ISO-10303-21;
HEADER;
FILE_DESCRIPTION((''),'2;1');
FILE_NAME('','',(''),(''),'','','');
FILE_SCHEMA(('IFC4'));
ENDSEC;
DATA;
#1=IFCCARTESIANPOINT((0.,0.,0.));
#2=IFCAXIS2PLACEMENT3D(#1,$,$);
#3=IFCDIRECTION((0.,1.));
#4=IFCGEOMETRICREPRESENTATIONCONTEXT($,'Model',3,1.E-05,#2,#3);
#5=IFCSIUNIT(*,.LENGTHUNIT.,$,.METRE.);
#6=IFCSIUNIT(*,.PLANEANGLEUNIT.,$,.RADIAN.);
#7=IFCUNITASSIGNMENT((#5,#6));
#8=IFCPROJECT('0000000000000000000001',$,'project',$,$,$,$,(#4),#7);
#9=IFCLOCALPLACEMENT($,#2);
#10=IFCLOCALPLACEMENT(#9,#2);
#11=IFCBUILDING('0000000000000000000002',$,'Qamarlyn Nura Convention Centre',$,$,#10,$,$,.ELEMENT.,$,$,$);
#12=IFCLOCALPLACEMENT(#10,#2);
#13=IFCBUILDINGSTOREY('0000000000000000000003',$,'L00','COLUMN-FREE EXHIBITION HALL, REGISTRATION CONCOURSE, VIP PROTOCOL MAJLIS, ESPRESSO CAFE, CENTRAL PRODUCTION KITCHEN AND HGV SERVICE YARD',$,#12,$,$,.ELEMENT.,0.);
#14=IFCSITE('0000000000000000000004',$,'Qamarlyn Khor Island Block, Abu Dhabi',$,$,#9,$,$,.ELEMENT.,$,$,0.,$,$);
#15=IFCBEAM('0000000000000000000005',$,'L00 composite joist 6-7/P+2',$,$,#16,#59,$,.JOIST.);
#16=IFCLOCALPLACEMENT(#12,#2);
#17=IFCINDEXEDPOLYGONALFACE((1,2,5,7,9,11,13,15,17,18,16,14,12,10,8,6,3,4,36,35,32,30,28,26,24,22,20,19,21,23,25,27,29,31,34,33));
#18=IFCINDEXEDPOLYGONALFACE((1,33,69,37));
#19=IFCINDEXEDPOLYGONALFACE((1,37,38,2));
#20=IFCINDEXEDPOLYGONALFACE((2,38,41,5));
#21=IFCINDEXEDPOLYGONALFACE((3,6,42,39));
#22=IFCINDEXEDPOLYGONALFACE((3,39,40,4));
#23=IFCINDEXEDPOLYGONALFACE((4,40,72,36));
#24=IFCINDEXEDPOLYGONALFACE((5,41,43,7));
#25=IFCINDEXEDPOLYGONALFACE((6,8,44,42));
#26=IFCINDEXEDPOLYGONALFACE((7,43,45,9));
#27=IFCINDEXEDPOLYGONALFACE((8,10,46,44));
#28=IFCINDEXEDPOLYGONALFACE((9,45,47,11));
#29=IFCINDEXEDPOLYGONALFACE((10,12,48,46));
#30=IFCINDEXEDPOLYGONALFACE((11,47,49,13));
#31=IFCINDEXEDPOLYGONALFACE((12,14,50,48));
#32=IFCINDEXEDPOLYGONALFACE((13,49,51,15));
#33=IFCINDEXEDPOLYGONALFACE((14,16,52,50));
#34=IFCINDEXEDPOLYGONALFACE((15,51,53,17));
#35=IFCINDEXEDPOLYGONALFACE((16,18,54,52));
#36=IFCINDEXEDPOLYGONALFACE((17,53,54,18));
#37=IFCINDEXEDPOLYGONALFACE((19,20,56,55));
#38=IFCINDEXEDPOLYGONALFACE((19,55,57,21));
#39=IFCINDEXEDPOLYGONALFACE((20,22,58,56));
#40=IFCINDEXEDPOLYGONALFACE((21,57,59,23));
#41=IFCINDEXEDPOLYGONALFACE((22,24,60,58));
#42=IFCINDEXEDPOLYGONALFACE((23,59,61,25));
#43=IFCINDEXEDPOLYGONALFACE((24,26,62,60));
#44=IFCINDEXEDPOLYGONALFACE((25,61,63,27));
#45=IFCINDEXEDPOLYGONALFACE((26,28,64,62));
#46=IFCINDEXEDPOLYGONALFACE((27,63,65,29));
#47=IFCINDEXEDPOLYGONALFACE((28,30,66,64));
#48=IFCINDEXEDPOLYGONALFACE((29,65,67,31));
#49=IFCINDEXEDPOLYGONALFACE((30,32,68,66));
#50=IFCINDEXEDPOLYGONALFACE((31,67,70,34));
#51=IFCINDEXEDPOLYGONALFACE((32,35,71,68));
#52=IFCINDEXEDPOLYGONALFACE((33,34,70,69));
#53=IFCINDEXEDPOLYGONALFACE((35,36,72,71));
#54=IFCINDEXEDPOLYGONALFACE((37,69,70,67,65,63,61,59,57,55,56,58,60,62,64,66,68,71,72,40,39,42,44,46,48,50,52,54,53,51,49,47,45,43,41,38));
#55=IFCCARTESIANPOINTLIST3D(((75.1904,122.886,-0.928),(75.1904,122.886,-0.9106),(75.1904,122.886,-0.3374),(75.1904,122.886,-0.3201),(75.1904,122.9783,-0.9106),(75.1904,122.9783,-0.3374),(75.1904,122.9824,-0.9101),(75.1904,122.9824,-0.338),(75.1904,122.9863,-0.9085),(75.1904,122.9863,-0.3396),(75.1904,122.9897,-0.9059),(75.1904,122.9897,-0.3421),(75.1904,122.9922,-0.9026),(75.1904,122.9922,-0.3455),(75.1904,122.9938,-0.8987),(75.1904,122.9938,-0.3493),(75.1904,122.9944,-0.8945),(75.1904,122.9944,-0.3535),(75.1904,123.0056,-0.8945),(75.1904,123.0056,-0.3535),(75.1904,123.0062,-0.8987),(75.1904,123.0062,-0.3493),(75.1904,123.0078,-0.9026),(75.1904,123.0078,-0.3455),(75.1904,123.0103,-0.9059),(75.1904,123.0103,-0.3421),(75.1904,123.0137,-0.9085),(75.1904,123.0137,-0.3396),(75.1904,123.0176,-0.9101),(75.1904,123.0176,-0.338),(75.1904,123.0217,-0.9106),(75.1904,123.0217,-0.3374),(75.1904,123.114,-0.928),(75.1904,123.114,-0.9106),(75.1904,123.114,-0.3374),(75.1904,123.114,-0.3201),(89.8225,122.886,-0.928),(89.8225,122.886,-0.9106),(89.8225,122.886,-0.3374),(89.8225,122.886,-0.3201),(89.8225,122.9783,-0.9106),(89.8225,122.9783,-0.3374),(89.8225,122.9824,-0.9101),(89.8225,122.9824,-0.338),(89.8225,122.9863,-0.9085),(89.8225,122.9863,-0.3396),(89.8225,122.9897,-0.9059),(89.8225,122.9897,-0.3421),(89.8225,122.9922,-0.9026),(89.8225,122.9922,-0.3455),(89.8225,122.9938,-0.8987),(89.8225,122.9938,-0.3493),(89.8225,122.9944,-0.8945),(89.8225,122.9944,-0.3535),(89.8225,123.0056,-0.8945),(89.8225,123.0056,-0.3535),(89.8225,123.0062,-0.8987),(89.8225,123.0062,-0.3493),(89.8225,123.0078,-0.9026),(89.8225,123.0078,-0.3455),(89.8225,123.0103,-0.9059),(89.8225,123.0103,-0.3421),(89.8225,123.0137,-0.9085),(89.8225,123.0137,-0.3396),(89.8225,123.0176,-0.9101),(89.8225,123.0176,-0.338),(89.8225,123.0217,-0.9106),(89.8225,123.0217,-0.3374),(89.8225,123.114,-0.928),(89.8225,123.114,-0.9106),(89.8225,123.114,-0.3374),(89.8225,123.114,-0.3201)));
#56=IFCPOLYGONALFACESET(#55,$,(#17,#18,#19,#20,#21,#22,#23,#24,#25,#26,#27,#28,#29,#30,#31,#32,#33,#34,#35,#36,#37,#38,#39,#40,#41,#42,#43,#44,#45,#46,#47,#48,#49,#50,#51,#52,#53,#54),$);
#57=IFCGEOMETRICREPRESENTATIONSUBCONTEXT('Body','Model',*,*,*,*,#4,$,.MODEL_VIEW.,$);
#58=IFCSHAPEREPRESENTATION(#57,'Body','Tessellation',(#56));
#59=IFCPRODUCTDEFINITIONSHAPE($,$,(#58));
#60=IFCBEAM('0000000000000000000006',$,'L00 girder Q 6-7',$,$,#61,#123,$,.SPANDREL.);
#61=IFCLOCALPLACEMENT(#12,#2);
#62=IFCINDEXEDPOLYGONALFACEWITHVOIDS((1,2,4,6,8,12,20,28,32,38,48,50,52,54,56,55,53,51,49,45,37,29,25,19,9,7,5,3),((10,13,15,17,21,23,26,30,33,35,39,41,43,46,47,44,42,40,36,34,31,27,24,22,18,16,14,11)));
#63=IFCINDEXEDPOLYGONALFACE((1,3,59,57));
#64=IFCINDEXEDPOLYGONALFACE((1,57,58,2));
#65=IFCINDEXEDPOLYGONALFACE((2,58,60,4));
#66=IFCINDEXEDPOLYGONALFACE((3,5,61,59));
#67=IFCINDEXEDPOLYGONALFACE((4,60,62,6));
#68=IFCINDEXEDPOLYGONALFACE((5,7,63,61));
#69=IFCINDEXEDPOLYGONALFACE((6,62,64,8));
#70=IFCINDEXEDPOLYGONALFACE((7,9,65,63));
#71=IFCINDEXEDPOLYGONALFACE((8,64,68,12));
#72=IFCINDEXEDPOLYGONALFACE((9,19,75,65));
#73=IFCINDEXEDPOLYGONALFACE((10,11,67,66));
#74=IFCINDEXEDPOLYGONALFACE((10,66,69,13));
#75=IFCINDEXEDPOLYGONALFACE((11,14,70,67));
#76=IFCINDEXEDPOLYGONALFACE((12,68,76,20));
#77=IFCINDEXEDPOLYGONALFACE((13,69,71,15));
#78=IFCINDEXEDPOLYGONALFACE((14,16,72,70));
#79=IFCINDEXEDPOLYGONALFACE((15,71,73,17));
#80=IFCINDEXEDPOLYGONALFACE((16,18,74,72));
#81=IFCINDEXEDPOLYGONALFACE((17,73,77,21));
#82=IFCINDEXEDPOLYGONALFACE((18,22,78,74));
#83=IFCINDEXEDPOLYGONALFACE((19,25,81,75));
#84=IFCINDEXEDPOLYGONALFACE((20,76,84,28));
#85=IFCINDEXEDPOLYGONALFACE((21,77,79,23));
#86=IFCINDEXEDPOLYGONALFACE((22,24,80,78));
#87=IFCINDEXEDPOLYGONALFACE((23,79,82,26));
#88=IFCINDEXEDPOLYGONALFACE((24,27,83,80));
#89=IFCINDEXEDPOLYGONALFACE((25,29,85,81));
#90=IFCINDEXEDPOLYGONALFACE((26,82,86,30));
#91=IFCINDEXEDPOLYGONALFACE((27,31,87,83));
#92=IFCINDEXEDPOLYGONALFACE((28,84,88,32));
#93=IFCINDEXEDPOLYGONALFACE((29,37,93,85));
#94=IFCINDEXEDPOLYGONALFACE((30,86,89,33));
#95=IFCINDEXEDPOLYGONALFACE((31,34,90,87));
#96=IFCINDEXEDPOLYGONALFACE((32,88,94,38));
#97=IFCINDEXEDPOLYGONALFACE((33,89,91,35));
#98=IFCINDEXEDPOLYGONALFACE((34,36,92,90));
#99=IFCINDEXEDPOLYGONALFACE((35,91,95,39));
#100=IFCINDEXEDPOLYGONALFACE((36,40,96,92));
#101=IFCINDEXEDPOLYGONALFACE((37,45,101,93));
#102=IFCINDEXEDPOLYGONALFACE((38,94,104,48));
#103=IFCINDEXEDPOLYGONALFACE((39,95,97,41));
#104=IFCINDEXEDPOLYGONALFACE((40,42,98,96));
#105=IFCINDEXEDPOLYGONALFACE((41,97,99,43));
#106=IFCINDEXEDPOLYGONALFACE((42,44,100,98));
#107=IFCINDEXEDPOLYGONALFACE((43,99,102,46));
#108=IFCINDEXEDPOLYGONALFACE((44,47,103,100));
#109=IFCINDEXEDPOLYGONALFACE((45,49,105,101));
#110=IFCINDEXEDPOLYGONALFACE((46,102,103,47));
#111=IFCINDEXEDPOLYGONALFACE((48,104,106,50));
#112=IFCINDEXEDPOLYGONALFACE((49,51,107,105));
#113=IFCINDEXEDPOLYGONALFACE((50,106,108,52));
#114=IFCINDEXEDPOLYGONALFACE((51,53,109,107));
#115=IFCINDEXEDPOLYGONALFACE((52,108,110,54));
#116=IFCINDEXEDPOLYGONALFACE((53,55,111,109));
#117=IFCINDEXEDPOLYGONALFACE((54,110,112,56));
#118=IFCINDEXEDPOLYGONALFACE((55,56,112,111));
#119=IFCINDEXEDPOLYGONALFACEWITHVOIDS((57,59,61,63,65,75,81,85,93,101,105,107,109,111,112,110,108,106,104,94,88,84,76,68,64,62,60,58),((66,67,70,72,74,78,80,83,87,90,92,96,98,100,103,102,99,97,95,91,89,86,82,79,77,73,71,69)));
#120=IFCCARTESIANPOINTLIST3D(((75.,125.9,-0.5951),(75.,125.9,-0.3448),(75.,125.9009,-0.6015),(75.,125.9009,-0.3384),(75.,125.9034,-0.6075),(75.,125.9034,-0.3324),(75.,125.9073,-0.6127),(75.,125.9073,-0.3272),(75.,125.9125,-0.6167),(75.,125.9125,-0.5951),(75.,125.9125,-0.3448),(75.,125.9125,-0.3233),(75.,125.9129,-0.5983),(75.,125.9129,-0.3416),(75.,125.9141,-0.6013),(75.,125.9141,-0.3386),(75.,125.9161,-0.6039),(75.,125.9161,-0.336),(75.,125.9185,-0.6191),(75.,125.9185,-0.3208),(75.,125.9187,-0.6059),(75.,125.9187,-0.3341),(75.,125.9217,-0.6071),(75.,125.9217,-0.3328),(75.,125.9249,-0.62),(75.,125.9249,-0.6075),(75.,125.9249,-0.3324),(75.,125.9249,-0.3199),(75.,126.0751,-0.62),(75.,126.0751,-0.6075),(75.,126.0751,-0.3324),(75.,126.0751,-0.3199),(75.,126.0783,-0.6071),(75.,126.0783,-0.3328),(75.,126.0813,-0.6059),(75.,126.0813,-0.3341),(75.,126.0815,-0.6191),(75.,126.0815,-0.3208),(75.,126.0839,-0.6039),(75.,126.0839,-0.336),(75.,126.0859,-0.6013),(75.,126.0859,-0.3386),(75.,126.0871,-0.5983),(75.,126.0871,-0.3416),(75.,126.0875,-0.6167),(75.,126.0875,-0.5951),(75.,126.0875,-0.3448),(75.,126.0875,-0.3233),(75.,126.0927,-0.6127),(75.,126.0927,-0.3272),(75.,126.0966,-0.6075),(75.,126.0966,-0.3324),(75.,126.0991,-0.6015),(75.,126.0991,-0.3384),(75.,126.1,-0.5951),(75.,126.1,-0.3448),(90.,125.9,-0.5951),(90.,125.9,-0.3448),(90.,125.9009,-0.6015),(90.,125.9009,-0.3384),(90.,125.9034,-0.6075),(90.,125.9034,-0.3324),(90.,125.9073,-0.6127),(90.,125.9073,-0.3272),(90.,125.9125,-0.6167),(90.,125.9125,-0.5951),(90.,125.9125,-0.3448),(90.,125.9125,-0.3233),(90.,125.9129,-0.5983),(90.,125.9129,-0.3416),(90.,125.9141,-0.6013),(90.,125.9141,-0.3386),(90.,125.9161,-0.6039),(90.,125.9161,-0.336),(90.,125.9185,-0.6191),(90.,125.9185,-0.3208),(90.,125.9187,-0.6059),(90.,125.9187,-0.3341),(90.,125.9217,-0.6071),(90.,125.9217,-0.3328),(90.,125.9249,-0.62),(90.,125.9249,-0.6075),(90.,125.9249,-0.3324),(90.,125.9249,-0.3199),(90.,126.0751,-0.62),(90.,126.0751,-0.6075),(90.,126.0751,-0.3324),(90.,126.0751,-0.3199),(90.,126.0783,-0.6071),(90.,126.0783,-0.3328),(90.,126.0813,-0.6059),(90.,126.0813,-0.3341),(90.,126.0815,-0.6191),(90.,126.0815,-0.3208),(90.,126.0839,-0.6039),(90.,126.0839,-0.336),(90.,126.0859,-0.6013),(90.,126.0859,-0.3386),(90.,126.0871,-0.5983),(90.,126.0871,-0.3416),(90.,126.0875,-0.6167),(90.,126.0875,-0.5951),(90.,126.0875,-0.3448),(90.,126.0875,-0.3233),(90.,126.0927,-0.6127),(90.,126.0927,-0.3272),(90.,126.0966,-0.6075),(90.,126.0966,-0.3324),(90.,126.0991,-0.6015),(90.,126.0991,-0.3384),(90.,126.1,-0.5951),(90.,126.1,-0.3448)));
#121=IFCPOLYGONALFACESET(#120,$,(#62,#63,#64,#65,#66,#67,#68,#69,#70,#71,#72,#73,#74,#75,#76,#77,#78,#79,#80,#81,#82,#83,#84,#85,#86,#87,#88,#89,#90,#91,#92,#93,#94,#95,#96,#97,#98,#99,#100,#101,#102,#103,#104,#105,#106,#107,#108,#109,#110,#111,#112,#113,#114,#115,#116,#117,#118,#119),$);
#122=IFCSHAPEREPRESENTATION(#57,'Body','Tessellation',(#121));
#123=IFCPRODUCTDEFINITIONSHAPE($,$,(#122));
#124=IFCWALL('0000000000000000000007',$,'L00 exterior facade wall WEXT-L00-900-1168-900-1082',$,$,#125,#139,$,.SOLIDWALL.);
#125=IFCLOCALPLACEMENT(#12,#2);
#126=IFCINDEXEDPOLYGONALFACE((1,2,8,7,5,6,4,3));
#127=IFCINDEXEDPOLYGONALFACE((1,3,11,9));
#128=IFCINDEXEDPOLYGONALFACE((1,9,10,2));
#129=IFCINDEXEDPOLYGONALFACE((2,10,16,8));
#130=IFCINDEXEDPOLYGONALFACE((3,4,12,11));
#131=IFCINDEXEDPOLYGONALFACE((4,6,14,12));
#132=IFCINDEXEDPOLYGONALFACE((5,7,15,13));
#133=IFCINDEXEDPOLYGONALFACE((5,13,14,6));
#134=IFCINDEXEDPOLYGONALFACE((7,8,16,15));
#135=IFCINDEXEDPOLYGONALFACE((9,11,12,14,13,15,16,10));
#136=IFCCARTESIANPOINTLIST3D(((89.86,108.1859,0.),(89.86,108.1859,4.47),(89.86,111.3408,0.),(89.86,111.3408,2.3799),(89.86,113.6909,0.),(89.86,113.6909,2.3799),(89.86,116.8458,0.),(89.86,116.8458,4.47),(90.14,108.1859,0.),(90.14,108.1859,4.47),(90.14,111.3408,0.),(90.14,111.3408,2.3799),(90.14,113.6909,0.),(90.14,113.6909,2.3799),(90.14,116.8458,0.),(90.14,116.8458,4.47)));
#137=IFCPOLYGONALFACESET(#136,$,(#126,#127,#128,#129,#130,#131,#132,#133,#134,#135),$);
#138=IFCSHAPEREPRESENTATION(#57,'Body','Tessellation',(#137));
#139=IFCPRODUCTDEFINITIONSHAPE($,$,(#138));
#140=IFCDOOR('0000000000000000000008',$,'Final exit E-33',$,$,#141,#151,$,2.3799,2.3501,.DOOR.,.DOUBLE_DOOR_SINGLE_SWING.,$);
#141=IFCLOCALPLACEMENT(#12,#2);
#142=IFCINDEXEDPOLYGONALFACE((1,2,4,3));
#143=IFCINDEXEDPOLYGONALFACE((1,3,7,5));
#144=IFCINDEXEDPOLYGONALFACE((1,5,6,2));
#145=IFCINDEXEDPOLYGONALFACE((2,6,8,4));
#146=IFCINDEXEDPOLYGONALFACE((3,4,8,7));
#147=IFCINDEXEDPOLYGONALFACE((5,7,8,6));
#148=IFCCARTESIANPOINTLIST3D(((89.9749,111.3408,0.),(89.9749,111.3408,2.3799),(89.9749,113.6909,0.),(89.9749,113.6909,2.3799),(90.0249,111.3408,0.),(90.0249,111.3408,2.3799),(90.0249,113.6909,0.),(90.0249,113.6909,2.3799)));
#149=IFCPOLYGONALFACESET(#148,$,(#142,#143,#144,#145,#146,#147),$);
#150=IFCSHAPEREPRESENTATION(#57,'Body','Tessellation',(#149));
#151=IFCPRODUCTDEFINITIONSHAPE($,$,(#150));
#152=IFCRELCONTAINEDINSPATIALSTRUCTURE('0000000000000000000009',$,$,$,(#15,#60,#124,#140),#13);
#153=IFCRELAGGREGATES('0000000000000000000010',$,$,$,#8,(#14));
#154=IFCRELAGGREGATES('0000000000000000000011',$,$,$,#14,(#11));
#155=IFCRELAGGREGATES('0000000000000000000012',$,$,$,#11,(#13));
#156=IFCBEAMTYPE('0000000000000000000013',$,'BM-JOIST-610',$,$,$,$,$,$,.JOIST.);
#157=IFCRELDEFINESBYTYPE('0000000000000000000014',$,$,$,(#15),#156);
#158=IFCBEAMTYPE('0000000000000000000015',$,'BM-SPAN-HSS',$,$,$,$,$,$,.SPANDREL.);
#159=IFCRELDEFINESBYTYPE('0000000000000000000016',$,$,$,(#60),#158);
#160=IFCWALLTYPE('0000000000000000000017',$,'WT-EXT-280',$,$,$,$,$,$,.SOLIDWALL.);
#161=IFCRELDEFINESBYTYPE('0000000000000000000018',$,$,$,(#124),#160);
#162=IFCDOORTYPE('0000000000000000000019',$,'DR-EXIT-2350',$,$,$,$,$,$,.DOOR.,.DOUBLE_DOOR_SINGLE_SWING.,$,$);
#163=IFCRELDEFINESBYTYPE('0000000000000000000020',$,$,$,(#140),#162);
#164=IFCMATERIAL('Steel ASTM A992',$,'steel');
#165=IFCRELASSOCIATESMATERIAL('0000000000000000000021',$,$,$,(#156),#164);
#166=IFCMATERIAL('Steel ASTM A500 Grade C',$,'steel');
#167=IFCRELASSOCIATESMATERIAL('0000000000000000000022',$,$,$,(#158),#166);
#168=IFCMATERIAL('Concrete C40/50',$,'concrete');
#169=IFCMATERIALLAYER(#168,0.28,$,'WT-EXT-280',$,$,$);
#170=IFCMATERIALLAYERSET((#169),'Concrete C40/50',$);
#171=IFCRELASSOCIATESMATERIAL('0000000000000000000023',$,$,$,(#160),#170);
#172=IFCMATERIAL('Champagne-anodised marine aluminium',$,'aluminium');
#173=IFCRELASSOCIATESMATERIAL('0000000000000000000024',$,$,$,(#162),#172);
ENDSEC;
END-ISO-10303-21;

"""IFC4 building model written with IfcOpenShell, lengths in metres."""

from ifc_helpers import new_model, si_unit, direction, frame, frame_2d, origin, origin_2d, place, context, subcontext, project, spatial, rectangle, hollow_rectangle, i_section, extrude, material, layer, layer_set, material_profile, profile_set, type_object, element, fill, save


model = new_model("IFC4")

# Units and contexts
model_context = context("Model", 3, precision=1e-05, world=origin(), true_north=direction((0.0, 1.0)))
body_context = subcontext(model_context, "Body", "Model", "MODEL_VIEW")
ifc_project = project(units=[si_unit("LENGTHUNIT", "METRE"), si_unit("PLANEANGLEUNIT", "RADIAN")], contexts=[model_context])

# Site, building, storey
site_placement = place(None, origin())
site = spatial("IfcSite", under=ifc_project, at=site_placement, Name="Qamarlyn Khor Island Block, Abu Dhabi", CompositionType="ELEMENT", RefElevation=0.0)
building_placement = place(site_placement, origin())
building = spatial("IfcBuilding", under=site, at=building_placement, Name="Qamarlyn Nura Convention Centre", CompositionType="ELEMENT")
storey_placement = place(building_placement, origin())
storey = spatial("IfcBuildingStorey", under=building, at=storey_placement, Name="L00", Description="COLUMN-FREE EXHIBITION HALL, REGISTRATION CONCOURSE, VIP PROTOCOL MAJLIS, ESPRESSO CAFE, CENTRAL PRODUCTION KITCHEN AND HGV SERVICE YARD", CompositionType="ELEMENT", Elevation=0.0)

# Shared definitions
ifc_material_1 = material(Name="Steel ASTM A992", Category="steel")

# Beams
ifc_material_profile_1 = material_profile(ifc_material_1, i_section(OverallWidth=0.228, OverallDepth=0.6079, WebThickness=0.0112, FlangeThickness=0.0173, FilletRadius=0.0161, at=origin_2d()), Name="W610X113")
ifc_profile_set_1 = profile_set([ifc_material_profile_1], Name="Steel ASTM A992")
beam_type_1 = type_object("IfcBeamType", Name="BM-JOIST-610", PredefinedType="JOIST", material=ifc_profile_set_1)
for number, where, z_axis, x_axis, name in (
    (1, (75.1904, 123.0, -0.624), (1.0, 0.0, 0.0), (0.0, 1.0, 0.0), "L00 composite joist 6-7/P+2"),
):
    element("IfcBeam", number, at=place(storey_placement, frame(where, z_axis=z_axis, x_axis=x_axis)), inside=storey, type_object=beam_type_1, Name=name, PredefinedType="JOIST", context=body_context, shape_type="SweptSolid", body=[
        extrude(i_section(OverallWidth=0.228, OverallDepth=0.6079, WebThickness=0.0112, FlangeThickness=0.0173, FilletRadius=0.0161, at=origin_2d()), origin(), (0.0, 0.0, 1.0), 14.6321),
    ])
ifc_material_2 = material(Name="Steel ASTM A500 Grade C", Category="steel")
ifc_material_profile_2 = material_profile(ifc_material_2, hollow_rectangle(XDim=0.2, YDim=0.3, WallThickness=0.0125, InnerFilletRadius=0.0125, OuterFilletRadius=0.0249, at=origin_2d()), Name="HSS300X200X12.5")
ifc_profile_set_2 = profile_set([ifc_material_profile_2], Name="Steel ASTM A500 Grade C")
beam_type_2 = type_object("IfcBeamType", Name="BM-SPAN-HSS", PredefinedType="SPANDREL", material=ifc_profile_set_2)
beam_1_placement = place(storey_placement, frame((75.0, 126.0, -0.47), z_axis=(1.0, 0.0, 0.0), x_axis=(0.0, 1.0, 0.0)))
element("IfcBeam", 2, at=beam_1_placement, inside=storey, type_object=beam_type_2, Name="L00 girder Q 6-7", PredefinedType="SPANDREL", context=body_context, shape_type="SweptSolid", body=[
    extrude(hollow_rectangle(XDim=0.2, YDim=0.3, WallThickness=0.0125, InnerFilletRadius=0.0125, OuterFilletRadius=0.0249, at=origin_2d()), origin(), (0.0, 0.0, 1.0), 15.0),
])

# Wall, opening, door
ifc_material_3 = material(Name="Concrete C40/50", Category="concrete")
ifc_layer_1 = layer(ifc_material_3, 0.28, Name="WT-EXT-280")
ifc_layer_set_1 = layer_set([ifc_layer_1], Name="Concrete C40/50")
wall_type_1 = type_object("IfcWallType", Name="WT-EXT-280", PredefinedType="SOLIDWALL", material=ifc_layer_set_1)
wall_1_placement = place(storey_placement, frame((90.0, 116.8459, 0.0), z_axis=(0.0, 0.0, 1.0), x_axis=(0.0, -1.0, 0.0)))
wall_1 = element("IfcWall", 3, at=wall_1_placement, inside=storey, type_object=wall_type_1, Name="L00 exterior facade wall WEXT-L00-900-1168-900-1082", PredefinedType="SOLIDWALL", context=body_context, shape_type="SweptSolid", body=[
    extrude(rectangle(XDim=8.6599, YDim=0.28, at=frame_2d((4.3301, 0.0))), origin(), (0.0, 0.0, 1.0), 4.47),
])
opening_1_placement = place(wall_1_placement, frame((3.155, 0.0, 0.0)))
opening_1 = element("IfcOpeningElement", 4, at=opening_1_placement, cuts=wall_1, PredefinedType="OPENING", context=body_context, shape_type="SweptSolid", body=[
    extrude(rectangle(XDim=2.3501, YDim=2.3799, at=frame_2d((1.175, 1.1899))), frame((0.0, 0.1499, 0.0), z_axis=(0.0, -1.0, 0.0), x_axis=(1.0, 0.0, 0.0)), (0.0, 0.0, 1.0), 0.3),
])
ifc_material_4 = material(Name="Champagne-anodised marine aluminium", Category="aluminium")
door_type_1 = type_object("IfcDoorType", Name="DR-EXIT-2350", OperationType="DOUBLE_DOOR_SINGLE_SWING", PredefinedType="DOOR", material=ifc_material_4)
door_1_placement = place(opening_1_placement, origin())
door_1 = element("IfcDoor", 5, at=door_1_placement, inside=storey, type_object=door_type_1, Name="Final exit E-33", OperationType="DOUBLE_DOOR_SINGLE_SWING", OverallHeight=2.3799, OverallWidth=2.3501, PredefinedType="DOOR", context=body_context, shape_type="SweptSolid", body=[
    extrude(rectangle(XDim=2.3501, YDim=2.3799, at=frame_2d((1.175, 1.1899))), frame((0.0, 0.0249, 0.0), z_axis=(0.0, -1.0, 0.0), x_axis=(1.0, 0.0, 0.0)), (0.0, 0.0, 1.0), 0.05),
])
fill(opening_1, door_1)

save(model, "model.ifc")
